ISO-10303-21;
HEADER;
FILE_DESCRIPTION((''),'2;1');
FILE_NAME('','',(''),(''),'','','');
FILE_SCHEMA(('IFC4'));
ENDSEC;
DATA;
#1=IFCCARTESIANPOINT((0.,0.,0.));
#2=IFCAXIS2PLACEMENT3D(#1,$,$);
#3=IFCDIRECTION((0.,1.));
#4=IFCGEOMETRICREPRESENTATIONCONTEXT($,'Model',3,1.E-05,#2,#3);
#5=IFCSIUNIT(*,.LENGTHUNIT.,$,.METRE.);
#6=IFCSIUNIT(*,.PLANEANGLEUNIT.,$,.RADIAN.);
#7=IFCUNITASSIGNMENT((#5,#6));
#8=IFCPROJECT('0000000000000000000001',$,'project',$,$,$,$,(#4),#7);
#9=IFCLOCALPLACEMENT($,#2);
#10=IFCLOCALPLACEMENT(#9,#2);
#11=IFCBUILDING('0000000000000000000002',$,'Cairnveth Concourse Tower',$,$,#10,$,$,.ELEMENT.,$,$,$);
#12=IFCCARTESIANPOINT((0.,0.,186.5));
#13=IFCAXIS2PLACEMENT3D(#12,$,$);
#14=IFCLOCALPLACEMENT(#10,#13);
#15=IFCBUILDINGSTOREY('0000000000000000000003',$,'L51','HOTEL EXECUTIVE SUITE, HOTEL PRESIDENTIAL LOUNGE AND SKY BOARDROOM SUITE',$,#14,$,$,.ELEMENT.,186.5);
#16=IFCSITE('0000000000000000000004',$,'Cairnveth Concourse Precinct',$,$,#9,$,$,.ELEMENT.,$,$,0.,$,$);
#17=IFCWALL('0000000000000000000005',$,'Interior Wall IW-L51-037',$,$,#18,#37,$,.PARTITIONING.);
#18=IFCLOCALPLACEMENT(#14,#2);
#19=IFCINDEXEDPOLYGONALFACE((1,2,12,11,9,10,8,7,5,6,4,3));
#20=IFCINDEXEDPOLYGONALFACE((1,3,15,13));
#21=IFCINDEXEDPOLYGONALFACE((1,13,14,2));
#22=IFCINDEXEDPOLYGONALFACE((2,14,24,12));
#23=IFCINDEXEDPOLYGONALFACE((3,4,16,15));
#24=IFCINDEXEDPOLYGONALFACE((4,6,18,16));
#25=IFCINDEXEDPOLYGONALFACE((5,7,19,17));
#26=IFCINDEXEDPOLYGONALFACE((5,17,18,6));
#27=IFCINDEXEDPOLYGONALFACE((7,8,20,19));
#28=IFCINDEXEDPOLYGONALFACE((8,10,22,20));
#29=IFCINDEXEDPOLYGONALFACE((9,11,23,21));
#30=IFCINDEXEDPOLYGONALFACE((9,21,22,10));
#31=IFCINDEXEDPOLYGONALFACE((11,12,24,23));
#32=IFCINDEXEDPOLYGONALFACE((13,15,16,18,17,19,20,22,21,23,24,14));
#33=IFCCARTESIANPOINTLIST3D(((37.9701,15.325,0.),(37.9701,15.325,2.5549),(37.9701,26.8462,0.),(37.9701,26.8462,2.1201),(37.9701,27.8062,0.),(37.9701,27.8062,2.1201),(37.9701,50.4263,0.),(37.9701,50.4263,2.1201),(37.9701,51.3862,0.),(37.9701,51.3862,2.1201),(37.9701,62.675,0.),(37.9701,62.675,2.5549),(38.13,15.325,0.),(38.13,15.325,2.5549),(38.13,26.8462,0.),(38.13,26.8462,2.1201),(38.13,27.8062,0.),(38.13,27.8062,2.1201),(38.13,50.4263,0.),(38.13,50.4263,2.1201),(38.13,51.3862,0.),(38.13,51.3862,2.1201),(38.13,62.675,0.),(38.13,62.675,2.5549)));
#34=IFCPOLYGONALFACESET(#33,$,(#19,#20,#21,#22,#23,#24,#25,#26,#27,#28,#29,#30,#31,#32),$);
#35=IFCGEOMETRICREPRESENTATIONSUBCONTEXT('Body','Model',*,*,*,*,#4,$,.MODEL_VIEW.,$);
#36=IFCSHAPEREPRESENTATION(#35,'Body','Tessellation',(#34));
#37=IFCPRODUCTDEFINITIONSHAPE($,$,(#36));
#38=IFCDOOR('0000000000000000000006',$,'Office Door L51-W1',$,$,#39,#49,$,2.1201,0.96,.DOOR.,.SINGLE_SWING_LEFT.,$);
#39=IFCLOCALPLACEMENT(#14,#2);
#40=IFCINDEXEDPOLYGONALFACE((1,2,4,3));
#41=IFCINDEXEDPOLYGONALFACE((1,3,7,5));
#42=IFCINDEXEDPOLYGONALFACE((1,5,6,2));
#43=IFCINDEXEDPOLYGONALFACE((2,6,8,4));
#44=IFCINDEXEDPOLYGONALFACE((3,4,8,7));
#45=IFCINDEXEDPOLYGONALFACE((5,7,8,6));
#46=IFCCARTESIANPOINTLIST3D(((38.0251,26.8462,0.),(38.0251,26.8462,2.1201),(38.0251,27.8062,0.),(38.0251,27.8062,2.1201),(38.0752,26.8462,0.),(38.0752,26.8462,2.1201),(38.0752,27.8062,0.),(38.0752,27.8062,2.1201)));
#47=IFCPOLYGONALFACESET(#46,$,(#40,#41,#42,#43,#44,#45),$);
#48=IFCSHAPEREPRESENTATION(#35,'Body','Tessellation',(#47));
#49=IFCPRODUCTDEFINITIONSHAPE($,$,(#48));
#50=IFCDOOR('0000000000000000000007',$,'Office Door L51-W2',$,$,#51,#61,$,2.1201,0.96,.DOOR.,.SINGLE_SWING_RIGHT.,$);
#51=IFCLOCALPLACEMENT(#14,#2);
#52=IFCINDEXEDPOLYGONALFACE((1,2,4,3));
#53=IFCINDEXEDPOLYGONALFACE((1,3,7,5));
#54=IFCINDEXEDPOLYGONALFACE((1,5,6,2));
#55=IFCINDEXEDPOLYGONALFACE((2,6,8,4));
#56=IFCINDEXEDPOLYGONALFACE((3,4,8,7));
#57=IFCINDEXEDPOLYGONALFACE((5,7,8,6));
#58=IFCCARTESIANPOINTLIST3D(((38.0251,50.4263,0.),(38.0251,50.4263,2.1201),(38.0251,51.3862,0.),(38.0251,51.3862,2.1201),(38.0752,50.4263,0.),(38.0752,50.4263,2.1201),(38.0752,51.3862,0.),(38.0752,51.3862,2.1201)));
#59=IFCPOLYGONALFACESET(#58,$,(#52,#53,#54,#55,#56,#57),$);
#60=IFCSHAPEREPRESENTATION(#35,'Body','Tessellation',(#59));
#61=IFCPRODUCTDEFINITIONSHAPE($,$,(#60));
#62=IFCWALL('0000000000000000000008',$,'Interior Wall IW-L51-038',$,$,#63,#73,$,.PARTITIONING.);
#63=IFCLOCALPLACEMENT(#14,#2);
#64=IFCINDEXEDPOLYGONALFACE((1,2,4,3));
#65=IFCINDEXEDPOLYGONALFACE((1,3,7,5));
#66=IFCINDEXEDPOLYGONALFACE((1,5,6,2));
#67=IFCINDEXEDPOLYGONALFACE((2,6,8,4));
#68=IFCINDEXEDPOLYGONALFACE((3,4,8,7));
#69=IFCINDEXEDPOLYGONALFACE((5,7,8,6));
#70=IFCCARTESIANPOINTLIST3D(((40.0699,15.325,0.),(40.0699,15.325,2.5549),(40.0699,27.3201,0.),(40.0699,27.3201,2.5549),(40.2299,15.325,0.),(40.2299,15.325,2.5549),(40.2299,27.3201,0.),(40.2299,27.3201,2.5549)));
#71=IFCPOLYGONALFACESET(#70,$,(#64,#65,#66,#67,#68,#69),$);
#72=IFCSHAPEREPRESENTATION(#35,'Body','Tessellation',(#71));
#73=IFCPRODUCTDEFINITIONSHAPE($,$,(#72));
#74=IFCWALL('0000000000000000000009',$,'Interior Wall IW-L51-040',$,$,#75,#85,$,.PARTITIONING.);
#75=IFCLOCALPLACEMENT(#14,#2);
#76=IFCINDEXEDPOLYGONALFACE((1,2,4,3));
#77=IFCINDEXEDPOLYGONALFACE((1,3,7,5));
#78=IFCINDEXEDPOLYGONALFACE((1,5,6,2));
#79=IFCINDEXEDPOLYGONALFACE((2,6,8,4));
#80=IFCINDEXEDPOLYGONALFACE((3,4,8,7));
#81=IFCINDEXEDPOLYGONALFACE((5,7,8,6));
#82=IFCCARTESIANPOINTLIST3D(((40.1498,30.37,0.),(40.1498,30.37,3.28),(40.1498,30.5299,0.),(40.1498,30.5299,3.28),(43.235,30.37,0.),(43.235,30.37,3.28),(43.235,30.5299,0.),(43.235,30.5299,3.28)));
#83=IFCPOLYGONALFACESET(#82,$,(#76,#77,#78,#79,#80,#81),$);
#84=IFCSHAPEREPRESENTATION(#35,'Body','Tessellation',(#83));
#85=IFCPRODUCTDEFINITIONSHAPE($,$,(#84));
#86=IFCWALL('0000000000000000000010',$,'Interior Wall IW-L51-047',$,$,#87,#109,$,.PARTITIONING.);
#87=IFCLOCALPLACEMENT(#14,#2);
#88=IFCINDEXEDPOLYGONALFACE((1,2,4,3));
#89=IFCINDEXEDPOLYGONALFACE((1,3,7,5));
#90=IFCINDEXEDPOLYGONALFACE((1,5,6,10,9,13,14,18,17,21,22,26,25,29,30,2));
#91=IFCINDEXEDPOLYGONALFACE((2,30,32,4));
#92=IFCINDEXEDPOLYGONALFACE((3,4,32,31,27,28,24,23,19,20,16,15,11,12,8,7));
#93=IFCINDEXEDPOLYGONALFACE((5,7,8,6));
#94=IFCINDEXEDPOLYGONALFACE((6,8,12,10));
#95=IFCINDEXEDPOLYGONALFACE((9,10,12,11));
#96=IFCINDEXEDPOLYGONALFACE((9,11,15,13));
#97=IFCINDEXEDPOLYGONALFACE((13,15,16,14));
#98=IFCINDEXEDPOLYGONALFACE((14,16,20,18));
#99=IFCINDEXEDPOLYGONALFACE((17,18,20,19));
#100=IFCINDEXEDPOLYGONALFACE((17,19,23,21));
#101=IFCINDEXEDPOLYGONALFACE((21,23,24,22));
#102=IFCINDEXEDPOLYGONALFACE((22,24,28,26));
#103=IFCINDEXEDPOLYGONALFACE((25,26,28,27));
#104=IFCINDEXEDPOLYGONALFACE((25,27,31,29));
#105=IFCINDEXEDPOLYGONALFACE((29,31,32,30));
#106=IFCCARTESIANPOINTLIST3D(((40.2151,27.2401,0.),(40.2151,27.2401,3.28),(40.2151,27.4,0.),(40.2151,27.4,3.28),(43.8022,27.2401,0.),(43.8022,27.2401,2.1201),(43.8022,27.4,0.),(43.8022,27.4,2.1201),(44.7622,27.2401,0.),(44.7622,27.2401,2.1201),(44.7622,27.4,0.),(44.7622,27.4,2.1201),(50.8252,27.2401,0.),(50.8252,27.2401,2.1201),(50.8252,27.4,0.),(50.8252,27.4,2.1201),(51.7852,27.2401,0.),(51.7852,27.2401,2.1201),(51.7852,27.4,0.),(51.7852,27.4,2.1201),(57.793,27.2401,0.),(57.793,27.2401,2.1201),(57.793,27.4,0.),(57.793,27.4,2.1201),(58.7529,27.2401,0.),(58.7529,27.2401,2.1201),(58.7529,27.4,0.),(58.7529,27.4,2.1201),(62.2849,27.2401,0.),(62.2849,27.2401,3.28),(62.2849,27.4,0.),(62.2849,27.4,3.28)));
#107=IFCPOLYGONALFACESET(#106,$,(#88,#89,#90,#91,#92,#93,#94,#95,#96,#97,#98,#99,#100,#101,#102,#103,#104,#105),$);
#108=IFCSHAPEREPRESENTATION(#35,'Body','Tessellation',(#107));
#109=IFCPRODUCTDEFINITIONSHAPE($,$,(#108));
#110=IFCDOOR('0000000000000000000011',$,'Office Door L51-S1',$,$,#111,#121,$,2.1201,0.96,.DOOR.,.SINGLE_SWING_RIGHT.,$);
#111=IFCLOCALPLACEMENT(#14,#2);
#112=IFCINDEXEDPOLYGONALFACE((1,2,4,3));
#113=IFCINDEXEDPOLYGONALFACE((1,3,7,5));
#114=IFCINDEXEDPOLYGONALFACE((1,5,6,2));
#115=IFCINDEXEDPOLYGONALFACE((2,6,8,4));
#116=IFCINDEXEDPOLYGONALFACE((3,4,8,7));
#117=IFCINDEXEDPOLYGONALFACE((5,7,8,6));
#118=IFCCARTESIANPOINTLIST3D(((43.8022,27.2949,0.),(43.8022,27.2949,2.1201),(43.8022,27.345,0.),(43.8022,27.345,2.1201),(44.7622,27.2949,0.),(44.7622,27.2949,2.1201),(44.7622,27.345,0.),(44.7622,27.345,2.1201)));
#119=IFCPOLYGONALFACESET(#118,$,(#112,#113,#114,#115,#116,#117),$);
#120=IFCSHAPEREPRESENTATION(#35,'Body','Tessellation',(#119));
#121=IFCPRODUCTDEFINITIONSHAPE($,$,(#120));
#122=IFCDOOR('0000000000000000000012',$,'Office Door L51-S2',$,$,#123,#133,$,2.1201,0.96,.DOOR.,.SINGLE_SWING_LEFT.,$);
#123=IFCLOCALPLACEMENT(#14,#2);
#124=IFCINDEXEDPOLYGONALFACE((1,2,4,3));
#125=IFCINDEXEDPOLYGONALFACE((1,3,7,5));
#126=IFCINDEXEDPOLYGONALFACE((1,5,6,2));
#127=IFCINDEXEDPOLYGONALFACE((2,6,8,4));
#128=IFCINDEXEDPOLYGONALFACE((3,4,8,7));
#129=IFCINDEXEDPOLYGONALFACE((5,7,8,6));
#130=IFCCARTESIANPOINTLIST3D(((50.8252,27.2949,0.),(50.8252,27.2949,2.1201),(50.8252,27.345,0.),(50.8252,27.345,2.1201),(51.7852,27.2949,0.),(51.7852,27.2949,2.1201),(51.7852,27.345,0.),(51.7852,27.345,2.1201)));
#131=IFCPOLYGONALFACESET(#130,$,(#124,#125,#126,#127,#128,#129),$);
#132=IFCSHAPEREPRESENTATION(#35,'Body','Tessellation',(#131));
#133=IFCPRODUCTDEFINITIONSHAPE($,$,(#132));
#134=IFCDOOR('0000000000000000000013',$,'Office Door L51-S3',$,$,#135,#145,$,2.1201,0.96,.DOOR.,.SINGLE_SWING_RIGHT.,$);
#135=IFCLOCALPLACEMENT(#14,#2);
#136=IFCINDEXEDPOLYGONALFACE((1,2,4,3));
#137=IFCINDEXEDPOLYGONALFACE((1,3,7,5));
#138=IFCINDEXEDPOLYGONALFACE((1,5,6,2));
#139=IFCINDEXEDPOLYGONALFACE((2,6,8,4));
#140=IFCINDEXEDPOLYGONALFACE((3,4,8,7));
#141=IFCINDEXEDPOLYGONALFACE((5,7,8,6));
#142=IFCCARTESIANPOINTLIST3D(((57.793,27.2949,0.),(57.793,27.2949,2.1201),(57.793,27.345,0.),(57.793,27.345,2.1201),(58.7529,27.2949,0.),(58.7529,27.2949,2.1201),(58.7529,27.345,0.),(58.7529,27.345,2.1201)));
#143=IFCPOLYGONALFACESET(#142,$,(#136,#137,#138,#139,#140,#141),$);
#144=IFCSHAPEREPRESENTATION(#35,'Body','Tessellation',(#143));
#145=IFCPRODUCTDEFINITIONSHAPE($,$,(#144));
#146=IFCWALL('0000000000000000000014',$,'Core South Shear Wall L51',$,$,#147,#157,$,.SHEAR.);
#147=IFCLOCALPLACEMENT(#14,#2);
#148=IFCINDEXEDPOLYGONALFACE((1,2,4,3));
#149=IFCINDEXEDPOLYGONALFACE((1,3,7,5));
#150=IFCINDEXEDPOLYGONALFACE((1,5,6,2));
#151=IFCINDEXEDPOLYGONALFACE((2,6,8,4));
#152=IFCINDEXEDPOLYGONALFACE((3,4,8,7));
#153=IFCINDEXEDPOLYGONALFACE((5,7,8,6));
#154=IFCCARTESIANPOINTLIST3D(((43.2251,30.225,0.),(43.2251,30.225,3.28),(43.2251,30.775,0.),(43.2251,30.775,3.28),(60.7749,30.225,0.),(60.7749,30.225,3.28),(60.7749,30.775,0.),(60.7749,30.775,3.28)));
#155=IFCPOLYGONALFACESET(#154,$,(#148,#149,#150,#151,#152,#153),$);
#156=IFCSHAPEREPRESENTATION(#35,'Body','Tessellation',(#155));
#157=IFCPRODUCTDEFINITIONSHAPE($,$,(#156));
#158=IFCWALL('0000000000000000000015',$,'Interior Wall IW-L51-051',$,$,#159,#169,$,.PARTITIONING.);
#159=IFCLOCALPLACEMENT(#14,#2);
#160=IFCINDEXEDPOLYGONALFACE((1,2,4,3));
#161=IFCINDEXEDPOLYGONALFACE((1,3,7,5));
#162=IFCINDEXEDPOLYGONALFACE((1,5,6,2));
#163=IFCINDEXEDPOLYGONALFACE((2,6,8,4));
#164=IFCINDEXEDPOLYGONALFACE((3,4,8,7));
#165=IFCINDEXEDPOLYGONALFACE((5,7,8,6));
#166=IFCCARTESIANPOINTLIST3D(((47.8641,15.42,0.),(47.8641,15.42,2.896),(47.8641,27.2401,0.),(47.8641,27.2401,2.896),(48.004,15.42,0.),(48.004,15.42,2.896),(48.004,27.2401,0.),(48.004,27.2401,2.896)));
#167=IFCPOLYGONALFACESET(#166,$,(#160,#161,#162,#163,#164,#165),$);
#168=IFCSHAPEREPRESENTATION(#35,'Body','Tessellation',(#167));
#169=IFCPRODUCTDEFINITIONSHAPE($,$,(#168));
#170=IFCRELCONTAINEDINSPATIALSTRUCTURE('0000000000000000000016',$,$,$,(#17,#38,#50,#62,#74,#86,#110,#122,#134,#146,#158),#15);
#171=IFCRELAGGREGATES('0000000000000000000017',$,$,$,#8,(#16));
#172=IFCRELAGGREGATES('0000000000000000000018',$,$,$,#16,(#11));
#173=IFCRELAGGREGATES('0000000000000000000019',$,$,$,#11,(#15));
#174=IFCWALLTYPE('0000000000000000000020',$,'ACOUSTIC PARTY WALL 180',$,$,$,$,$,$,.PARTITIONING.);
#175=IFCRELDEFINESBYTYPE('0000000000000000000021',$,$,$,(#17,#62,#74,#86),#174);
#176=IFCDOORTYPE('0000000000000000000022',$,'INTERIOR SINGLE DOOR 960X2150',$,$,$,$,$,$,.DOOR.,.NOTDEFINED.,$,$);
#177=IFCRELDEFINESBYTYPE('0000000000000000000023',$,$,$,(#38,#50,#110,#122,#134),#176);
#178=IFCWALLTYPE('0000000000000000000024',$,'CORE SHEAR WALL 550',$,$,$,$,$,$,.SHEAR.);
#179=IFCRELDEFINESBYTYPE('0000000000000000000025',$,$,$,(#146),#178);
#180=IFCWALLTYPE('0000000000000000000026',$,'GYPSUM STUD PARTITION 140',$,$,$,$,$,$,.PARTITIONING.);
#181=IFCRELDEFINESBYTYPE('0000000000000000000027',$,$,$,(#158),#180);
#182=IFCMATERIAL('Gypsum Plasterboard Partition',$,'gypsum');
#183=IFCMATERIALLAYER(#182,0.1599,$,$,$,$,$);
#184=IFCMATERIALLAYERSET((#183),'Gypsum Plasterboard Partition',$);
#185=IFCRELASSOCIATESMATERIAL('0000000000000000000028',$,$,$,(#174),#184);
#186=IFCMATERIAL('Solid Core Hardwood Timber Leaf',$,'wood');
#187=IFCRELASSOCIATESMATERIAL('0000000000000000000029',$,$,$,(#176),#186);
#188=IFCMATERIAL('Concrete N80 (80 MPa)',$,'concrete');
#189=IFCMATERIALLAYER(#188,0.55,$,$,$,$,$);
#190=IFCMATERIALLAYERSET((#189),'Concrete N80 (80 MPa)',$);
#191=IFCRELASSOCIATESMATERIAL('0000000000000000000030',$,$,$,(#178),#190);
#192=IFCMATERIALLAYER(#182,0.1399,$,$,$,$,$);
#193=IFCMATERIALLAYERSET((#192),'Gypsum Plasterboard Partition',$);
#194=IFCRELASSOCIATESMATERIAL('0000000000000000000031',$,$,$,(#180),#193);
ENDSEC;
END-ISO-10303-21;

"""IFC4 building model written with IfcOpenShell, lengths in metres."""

from ifc_helpers import new_model, si_unit, direction, frame, frame_2d, origin, place, context, subcontext, project, spatial, rectangle, extrude, material, layer, layer_set, type_object, element, fill, save


model = new_model("IFC4")

# Units and contexts
model_context = context("Model", 3, precision=1e-05, world=origin(), true_north=direction((0.0, 1.0)))
body_context = subcontext(model_context, "Body", "Model", "MODEL_VIEW")
ifc_project = project(units=[si_unit("LENGTHUNIT", "METRE"), si_unit("PLANEANGLEUNIT", "RADIAN")], contexts=[model_context])

# Site, building, storey
site_placement = place(None, origin())
site = spatial("IfcSite", under=ifc_project, at=site_placement, Name="Cairnveth Concourse Precinct", CompositionType="ELEMENT", RefElevation=0.0)
building_placement = place(site_placement, origin())
building = spatial("IfcBuilding", under=site, at=building_placement, Name="Cairnveth Concourse Tower", CompositionType="ELEMENT")
storey_placement = place(building_placement, frame((0.0, 0.0, 186.5)))
storey = spatial("IfcBuildingStorey", under=building, at=storey_placement, Name="L51", Description="HOTEL EXECUTIVE SUITE, HOTEL PRESIDENTIAL LOUNGE AND SKY BOARDROOM SUITE", CompositionType="ELEMENT", Elevation=186.5)

# Wall, openings, doors
ifc_material_1 = material(Name="Gypsum Plasterboard Partition", Category="gypsum")
ifc_layer_1 = layer(ifc_material_1, 0.1599)
ifc_layer_set_1 = layer_set([ifc_layer_1], Name="Gypsum Plasterboard Partition")
wall_type_1 = type_object("IfcWallType", Name="ACOUSTIC PARTY WALL 180", PredefinedType="PARTITIONING", material=ifc_layer_set_1)
wall_1_placement = place(storey_placement, frame((38.05, 15.325, 0.0), z_axis=(0.0, 0.0, 1.0), x_axis=(0.0, 1.0, 0.0)))
wall_1 = element("IfcWall", 1, at=wall_1_placement, inside=storey, type_object=wall_type_1, Name="Interior Wall IW-L51-037", PredefinedType="PARTITIONING", context=body_context, shape_type="SweptSolid", body=[
    extrude(rectangle(XDim=47.3501, YDim=0.1599, at=frame_2d((23.675, 0.0))), origin(), (0.0, 0.0, 1.0), 2.5549),
])
opening_1_placement = place(wall_1_placement, frame((11.5212, 0.0, 0.0)))
opening_1 = element("IfcOpeningElement", 2, at=opening_1_placement, cuts=wall_1, PredefinedType="OPENING", context=body_context, shape_type="SweptSolid", body=[
    extrude(rectangle(XDim=0.96, YDim=2.1201, at=frame_2d((0.48, 1.0601))), frame((0.0, 0.0898, 0.0), z_axis=(0.0, -1.0, 0.0), x_axis=(1.0, 0.0, 0.0)), (0.0, 0.0, 1.0), 0.1799),
])
opening_2_placement = place(wall_1_placement, frame((35.1013, 0.0, 0.0)))
opening_2 = element("IfcOpeningElement", 3, at=opening_2_placement, cuts=wall_1, PredefinedType="OPENING", context=body_context, shape_type="SweptSolid", body=[
    extrude(rectangle(XDim=0.96, YDim=2.1201, at=frame_2d((0.48, 1.0601))), frame((0.0, 0.0898, 0.0), z_axis=(0.0, -1.0, 0.0), x_axis=(1.0, 0.0, 0.0)), (0.0, 0.0, 1.0), 0.1799),
])
ifc_material_2 = material(Name="Solid Core Hardwood Timber Leaf", Category="wood")
door_type = type_object("IfcDoorType", Name="INTERIOR SINGLE DOOR 960X2150", OperationType="NOTDEFINED", PredefinedType="DOOR", material=ifc_material_2)
door_1_placement = place(opening_1_placement, origin())
door_1 = element("IfcDoor", 4, at=door_1_placement, inside=storey, type_object=door_type, Name="Office Door L51-W1", OperationType="SINGLE_SWING_LEFT", OverallHeight=2.1201, OverallWidth=0.96, PredefinedType="DOOR", context=body_context, shape_type="SweptSolid", body=[
    extrude(rectangle(XDim=0.96, YDim=2.1201, at=frame_2d((0.48, 1.0601))), frame((0.0, 0.0249, 0.0), z_axis=(0.0, -1.0, 0.0), x_axis=(1.0, 0.0, 0.0)), (0.0, 0.0, 1.0), 0.05),
])
fill(opening_1, door_1)
door_2_placement = place(opening_2_placement, origin())
door_2 = element("IfcDoor", 5, at=door_2_placement, inside=storey, type_object=door_type, Name="Office Door L51-W2", OperationType="SINGLE_SWING_RIGHT", OverallHeight=2.1201, OverallWidth=0.96, PredefinedType="DOOR", context=body_context, shape_type="SweptSolid", body=[
    extrude(rectangle(XDim=0.96, YDim=2.1201, at=frame_2d((0.48, 1.0601))), frame((0.0, 0.0249, 0.0), z_axis=(0.0, -1.0, 0.0), x_axis=(1.0, 0.0, 0.0)), (0.0, 0.0, 1.0), 0.05),
])
fill(opening_2, door_2)

# Walls
wall_2_placement = place(storey_placement, frame((40.1499, 15.325, 0.0), z_axis=(0.0, 0.0, 1.0), x_axis=(0.0, 1.0, 0.0)))
element("IfcWall", 6, at=wall_2_placement, inside=storey, type_object=wall_type_1, Name="Interior Wall IW-L51-038", PredefinedType="PARTITIONING", context=body_context, shape_type="SweptSolid", body=[
    extrude(rectangle(XDim=11.9951, YDim=0.1599, at=frame_2d((5.9976, 0.0))), origin(), (0.0, 0.0, 1.0), 2.5549),
])
wall_3_placement = place(storey_placement, frame((40.1499, 30.45, 0.0), z_axis=(0.0, 0.0, 1.0), x_axis=(1.0, 0.0, 0.0)))
element("IfcWall", 7, at=wall_3_placement, inside=storey, type_object=wall_type_1, Name="Interior Wall IW-L51-040", PredefinedType="PARTITIONING", context=body_context, shape_type="SweptSolid", body=[
    extrude(rectangle(XDim=3.0852, YDim=0.1599, at=frame_2d((1.5425, 0.0))), origin(), (0.0, 0.0, 1.0), 3.28),
])

# Wall, openings, doors
wall_4_placement = place(storey_placement, frame((40.2151, 27.3201, 0.0), z_axis=(0.0, 0.0, 1.0), x_axis=(1.0, 0.0, 0.0)))
wall_4 = element("IfcWall", 8, at=wall_4_placement, inside=storey, type_object=wall_type_1, Name="Interior Wall IW-L51-047", PredefinedType="PARTITIONING", context=body_context, shape_type="SweptSolid", body=[
    extrude(rectangle(XDim=22.0698, YDim=0.1599, at=frame_2d((11.0349, 0.0))), origin(), (0.0, 0.0, 1.0), 3.28),
])
opening_3_placement = place(wall_4_placement, frame((3.5872, 0.0, 0.0)))
opening_3 = element("IfcOpeningElement", 9, at=opening_3_placement, cuts=wall_4, PredefinedType="OPENING", context=body_context, shape_type="SweptSolid", body=[
    extrude(rectangle(XDim=0.96, YDim=2.1201, at=frame_2d((0.48, 1.0601))), frame((0.0, 0.0898, 0.0), z_axis=(0.0, -1.0, 0.0), x_axis=(1.0, 0.0, 0.0)), (0.0, 0.0, 1.0), 0.1799),
])
opening_4_placement = place(wall_4_placement, frame((10.6101, 0.0, 0.0)))
opening_4 = element("IfcOpeningElement", 10, at=opening_4_placement, cuts=wall_4, PredefinedType="OPENING", context=body_context, shape_type="SweptSolid", body=[
    extrude(rectangle(XDim=0.96, YDim=2.1201, at=frame_2d((0.48, 1.0601))), frame((0.0, 0.0898, 0.0), z_axis=(0.0, -1.0, 0.0), x_axis=(1.0, 0.0, 0.0)), (0.0, 0.0, 1.0), 0.1799),
])
opening_5_placement = place(wall_4_placement, frame((17.5779, 0.0, 0.0)))
opening_5 = element("IfcOpeningElement", 11, at=opening_5_placement, cuts=wall_4, PredefinedType="OPENING", context=body_context, shape_type="SweptSolid", body=[
    extrude(rectangle(XDim=0.96, YDim=2.1201, at=frame_2d((0.48, 1.0601))), frame((0.0, 0.0898, 0.0), z_axis=(0.0, -1.0, 0.0), x_axis=(1.0, 0.0, 0.0)), (0.0, 0.0, 1.0), 0.1799),
])
door_3_placement = place(opening_3_placement, origin())
door_3 = element("IfcDoor", 12, at=door_3_placement, inside=storey, type_object=door_type, Name="Office Door L51-S1", OperationType="SINGLE_SWING_RIGHT", OverallHeight=2.1201, OverallWidth=0.96, PredefinedType="DOOR", context=body_context, shape_type="SweptSolid", body=[
    extrude(rectangle(XDim=0.96, YDim=2.1201, at=frame_2d((0.48, 1.0601))), frame((0.0, 0.0249, 0.0), z_axis=(0.0, -1.0, 0.0), x_axis=(1.0, 0.0, 0.0)), (0.0, 0.0, 1.0), 0.05),
])
fill(opening_3, door_3)
door_4_placement = place(opening_4_placement, origin())
door_4 = element("IfcDoor", 13, at=door_4_placement, inside=storey, type_object=door_type, Name="Office Door L51-S2", OperationType="SINGLE_SWING_LEFT", OverallHeight=2.1201, OverallWidth=0.96, PredefinedType="DOOR", context=body_context, shape_type="SweptSolid", body=[
    extrude(rectangle(XDim=0.96, YDim=2.1201, at=frame_2d((0.48, 1.0601))), frame((0.0, 0.0249, 0.0), z_axis=(0.0, -1.0, 0.0), x_axis=(1.0, 0.0, 0.0)), (0.0, 0.0, 1.0), 0.05),
])
fill(opening_4, door_4)
door_5_placement = place(opening_5_placement, origin())
door_5 = element("IfcDoor", 14, at=door_5_placement, inside=storey, type_object=door_type, Name="Office Door L51-S3", OperationType="SINGLE_SWING_RIGHT", OverallHeight=2.1201, OverallWidth=0.96, PredefinedType="DOOR", context=body_context, shape_type="SweptSolid", body=[
    extrude(rectangle(XDim=0.96, YDim=2.1201, at=frame_2d((0.48, 1.0601))), frame((0.0, 0.0249, 0.0), z_axis=(0.0, -1.0, 0.0), x_axis=(1.0, 0.0, 0.0)), (0.0, 0.0, 1.0), 0.05),
])
fill(opening_5, door_5)

# Walls
ifc_material_3 = material(Name="Concrete N80 (80 MPa)", Category="concrete")
ifc_layer_2 = layer(ifc_material_3, 0.55)
ifc_layer_set_2 = layer_set([ifc_layer_2], Name="Concrete N80 (80 MPa)")
wall_type_2 = type_object("IfcWallType", Name="CORE SHEAR WALL 550", PredefinedType="SHEAR", material=ifc_layer_set_2)
wall_5_placement = place(storey_placement, frame((43.2251, 30.5, 0.0), z_axis=(0.0, 0.0, 1.0), x_axis=(1.0, 0.0, 0.0)))
element("IfcWall", 15, at=wall_5_placement, inside=storey, type_object=wall_type_2, Name="Core South Shear Wall L51", PredefinedType="SHEAR", context=body_context, shape_type="SweptSolid", body=[
    extrude(rectangle(XDim=17.5498, YDim=0.55, at=frame_2d((8.7749, 0.0))), origin(), (0.0, 0.0, 1.0), 3.28),
])
ifc_layer_3 = layer(ifc_material_1, 0.1399)
ifc_layer_set_3 = layer_set([ifc_layer_3], Name="Gypsum Plasterboard Partition")
wall_type_3 = type_object("IfcWallType", Name="GYPSUM STUD PARTITION 140", PredefinedType="PARTITIONING", material=ifc_layer_set_3)
wall_6_placement = place(storey_placement, frame((47.9341, 15.4199, 0.0), z_axis=(0.0, 0.0, 1.0), x_axis=(0.0, 1.0, 0.0)))
element("IfcWall", 16, at=wall_6_placement, inside=storey, type_object=wall_type_3, Name="Interior Wall IW-L51-051", PredefinedType="PARTITIONING", context=body_context, shape_type="SweptSolid", body=[
    extrude(rectangle(XDim=11.8201, YDim=0.1399, at=frame_2d((5.9102, 0.0))), origin(), (0.0, 0.0, 1.0), 2.896),
])

save(model, "model.ifc")
